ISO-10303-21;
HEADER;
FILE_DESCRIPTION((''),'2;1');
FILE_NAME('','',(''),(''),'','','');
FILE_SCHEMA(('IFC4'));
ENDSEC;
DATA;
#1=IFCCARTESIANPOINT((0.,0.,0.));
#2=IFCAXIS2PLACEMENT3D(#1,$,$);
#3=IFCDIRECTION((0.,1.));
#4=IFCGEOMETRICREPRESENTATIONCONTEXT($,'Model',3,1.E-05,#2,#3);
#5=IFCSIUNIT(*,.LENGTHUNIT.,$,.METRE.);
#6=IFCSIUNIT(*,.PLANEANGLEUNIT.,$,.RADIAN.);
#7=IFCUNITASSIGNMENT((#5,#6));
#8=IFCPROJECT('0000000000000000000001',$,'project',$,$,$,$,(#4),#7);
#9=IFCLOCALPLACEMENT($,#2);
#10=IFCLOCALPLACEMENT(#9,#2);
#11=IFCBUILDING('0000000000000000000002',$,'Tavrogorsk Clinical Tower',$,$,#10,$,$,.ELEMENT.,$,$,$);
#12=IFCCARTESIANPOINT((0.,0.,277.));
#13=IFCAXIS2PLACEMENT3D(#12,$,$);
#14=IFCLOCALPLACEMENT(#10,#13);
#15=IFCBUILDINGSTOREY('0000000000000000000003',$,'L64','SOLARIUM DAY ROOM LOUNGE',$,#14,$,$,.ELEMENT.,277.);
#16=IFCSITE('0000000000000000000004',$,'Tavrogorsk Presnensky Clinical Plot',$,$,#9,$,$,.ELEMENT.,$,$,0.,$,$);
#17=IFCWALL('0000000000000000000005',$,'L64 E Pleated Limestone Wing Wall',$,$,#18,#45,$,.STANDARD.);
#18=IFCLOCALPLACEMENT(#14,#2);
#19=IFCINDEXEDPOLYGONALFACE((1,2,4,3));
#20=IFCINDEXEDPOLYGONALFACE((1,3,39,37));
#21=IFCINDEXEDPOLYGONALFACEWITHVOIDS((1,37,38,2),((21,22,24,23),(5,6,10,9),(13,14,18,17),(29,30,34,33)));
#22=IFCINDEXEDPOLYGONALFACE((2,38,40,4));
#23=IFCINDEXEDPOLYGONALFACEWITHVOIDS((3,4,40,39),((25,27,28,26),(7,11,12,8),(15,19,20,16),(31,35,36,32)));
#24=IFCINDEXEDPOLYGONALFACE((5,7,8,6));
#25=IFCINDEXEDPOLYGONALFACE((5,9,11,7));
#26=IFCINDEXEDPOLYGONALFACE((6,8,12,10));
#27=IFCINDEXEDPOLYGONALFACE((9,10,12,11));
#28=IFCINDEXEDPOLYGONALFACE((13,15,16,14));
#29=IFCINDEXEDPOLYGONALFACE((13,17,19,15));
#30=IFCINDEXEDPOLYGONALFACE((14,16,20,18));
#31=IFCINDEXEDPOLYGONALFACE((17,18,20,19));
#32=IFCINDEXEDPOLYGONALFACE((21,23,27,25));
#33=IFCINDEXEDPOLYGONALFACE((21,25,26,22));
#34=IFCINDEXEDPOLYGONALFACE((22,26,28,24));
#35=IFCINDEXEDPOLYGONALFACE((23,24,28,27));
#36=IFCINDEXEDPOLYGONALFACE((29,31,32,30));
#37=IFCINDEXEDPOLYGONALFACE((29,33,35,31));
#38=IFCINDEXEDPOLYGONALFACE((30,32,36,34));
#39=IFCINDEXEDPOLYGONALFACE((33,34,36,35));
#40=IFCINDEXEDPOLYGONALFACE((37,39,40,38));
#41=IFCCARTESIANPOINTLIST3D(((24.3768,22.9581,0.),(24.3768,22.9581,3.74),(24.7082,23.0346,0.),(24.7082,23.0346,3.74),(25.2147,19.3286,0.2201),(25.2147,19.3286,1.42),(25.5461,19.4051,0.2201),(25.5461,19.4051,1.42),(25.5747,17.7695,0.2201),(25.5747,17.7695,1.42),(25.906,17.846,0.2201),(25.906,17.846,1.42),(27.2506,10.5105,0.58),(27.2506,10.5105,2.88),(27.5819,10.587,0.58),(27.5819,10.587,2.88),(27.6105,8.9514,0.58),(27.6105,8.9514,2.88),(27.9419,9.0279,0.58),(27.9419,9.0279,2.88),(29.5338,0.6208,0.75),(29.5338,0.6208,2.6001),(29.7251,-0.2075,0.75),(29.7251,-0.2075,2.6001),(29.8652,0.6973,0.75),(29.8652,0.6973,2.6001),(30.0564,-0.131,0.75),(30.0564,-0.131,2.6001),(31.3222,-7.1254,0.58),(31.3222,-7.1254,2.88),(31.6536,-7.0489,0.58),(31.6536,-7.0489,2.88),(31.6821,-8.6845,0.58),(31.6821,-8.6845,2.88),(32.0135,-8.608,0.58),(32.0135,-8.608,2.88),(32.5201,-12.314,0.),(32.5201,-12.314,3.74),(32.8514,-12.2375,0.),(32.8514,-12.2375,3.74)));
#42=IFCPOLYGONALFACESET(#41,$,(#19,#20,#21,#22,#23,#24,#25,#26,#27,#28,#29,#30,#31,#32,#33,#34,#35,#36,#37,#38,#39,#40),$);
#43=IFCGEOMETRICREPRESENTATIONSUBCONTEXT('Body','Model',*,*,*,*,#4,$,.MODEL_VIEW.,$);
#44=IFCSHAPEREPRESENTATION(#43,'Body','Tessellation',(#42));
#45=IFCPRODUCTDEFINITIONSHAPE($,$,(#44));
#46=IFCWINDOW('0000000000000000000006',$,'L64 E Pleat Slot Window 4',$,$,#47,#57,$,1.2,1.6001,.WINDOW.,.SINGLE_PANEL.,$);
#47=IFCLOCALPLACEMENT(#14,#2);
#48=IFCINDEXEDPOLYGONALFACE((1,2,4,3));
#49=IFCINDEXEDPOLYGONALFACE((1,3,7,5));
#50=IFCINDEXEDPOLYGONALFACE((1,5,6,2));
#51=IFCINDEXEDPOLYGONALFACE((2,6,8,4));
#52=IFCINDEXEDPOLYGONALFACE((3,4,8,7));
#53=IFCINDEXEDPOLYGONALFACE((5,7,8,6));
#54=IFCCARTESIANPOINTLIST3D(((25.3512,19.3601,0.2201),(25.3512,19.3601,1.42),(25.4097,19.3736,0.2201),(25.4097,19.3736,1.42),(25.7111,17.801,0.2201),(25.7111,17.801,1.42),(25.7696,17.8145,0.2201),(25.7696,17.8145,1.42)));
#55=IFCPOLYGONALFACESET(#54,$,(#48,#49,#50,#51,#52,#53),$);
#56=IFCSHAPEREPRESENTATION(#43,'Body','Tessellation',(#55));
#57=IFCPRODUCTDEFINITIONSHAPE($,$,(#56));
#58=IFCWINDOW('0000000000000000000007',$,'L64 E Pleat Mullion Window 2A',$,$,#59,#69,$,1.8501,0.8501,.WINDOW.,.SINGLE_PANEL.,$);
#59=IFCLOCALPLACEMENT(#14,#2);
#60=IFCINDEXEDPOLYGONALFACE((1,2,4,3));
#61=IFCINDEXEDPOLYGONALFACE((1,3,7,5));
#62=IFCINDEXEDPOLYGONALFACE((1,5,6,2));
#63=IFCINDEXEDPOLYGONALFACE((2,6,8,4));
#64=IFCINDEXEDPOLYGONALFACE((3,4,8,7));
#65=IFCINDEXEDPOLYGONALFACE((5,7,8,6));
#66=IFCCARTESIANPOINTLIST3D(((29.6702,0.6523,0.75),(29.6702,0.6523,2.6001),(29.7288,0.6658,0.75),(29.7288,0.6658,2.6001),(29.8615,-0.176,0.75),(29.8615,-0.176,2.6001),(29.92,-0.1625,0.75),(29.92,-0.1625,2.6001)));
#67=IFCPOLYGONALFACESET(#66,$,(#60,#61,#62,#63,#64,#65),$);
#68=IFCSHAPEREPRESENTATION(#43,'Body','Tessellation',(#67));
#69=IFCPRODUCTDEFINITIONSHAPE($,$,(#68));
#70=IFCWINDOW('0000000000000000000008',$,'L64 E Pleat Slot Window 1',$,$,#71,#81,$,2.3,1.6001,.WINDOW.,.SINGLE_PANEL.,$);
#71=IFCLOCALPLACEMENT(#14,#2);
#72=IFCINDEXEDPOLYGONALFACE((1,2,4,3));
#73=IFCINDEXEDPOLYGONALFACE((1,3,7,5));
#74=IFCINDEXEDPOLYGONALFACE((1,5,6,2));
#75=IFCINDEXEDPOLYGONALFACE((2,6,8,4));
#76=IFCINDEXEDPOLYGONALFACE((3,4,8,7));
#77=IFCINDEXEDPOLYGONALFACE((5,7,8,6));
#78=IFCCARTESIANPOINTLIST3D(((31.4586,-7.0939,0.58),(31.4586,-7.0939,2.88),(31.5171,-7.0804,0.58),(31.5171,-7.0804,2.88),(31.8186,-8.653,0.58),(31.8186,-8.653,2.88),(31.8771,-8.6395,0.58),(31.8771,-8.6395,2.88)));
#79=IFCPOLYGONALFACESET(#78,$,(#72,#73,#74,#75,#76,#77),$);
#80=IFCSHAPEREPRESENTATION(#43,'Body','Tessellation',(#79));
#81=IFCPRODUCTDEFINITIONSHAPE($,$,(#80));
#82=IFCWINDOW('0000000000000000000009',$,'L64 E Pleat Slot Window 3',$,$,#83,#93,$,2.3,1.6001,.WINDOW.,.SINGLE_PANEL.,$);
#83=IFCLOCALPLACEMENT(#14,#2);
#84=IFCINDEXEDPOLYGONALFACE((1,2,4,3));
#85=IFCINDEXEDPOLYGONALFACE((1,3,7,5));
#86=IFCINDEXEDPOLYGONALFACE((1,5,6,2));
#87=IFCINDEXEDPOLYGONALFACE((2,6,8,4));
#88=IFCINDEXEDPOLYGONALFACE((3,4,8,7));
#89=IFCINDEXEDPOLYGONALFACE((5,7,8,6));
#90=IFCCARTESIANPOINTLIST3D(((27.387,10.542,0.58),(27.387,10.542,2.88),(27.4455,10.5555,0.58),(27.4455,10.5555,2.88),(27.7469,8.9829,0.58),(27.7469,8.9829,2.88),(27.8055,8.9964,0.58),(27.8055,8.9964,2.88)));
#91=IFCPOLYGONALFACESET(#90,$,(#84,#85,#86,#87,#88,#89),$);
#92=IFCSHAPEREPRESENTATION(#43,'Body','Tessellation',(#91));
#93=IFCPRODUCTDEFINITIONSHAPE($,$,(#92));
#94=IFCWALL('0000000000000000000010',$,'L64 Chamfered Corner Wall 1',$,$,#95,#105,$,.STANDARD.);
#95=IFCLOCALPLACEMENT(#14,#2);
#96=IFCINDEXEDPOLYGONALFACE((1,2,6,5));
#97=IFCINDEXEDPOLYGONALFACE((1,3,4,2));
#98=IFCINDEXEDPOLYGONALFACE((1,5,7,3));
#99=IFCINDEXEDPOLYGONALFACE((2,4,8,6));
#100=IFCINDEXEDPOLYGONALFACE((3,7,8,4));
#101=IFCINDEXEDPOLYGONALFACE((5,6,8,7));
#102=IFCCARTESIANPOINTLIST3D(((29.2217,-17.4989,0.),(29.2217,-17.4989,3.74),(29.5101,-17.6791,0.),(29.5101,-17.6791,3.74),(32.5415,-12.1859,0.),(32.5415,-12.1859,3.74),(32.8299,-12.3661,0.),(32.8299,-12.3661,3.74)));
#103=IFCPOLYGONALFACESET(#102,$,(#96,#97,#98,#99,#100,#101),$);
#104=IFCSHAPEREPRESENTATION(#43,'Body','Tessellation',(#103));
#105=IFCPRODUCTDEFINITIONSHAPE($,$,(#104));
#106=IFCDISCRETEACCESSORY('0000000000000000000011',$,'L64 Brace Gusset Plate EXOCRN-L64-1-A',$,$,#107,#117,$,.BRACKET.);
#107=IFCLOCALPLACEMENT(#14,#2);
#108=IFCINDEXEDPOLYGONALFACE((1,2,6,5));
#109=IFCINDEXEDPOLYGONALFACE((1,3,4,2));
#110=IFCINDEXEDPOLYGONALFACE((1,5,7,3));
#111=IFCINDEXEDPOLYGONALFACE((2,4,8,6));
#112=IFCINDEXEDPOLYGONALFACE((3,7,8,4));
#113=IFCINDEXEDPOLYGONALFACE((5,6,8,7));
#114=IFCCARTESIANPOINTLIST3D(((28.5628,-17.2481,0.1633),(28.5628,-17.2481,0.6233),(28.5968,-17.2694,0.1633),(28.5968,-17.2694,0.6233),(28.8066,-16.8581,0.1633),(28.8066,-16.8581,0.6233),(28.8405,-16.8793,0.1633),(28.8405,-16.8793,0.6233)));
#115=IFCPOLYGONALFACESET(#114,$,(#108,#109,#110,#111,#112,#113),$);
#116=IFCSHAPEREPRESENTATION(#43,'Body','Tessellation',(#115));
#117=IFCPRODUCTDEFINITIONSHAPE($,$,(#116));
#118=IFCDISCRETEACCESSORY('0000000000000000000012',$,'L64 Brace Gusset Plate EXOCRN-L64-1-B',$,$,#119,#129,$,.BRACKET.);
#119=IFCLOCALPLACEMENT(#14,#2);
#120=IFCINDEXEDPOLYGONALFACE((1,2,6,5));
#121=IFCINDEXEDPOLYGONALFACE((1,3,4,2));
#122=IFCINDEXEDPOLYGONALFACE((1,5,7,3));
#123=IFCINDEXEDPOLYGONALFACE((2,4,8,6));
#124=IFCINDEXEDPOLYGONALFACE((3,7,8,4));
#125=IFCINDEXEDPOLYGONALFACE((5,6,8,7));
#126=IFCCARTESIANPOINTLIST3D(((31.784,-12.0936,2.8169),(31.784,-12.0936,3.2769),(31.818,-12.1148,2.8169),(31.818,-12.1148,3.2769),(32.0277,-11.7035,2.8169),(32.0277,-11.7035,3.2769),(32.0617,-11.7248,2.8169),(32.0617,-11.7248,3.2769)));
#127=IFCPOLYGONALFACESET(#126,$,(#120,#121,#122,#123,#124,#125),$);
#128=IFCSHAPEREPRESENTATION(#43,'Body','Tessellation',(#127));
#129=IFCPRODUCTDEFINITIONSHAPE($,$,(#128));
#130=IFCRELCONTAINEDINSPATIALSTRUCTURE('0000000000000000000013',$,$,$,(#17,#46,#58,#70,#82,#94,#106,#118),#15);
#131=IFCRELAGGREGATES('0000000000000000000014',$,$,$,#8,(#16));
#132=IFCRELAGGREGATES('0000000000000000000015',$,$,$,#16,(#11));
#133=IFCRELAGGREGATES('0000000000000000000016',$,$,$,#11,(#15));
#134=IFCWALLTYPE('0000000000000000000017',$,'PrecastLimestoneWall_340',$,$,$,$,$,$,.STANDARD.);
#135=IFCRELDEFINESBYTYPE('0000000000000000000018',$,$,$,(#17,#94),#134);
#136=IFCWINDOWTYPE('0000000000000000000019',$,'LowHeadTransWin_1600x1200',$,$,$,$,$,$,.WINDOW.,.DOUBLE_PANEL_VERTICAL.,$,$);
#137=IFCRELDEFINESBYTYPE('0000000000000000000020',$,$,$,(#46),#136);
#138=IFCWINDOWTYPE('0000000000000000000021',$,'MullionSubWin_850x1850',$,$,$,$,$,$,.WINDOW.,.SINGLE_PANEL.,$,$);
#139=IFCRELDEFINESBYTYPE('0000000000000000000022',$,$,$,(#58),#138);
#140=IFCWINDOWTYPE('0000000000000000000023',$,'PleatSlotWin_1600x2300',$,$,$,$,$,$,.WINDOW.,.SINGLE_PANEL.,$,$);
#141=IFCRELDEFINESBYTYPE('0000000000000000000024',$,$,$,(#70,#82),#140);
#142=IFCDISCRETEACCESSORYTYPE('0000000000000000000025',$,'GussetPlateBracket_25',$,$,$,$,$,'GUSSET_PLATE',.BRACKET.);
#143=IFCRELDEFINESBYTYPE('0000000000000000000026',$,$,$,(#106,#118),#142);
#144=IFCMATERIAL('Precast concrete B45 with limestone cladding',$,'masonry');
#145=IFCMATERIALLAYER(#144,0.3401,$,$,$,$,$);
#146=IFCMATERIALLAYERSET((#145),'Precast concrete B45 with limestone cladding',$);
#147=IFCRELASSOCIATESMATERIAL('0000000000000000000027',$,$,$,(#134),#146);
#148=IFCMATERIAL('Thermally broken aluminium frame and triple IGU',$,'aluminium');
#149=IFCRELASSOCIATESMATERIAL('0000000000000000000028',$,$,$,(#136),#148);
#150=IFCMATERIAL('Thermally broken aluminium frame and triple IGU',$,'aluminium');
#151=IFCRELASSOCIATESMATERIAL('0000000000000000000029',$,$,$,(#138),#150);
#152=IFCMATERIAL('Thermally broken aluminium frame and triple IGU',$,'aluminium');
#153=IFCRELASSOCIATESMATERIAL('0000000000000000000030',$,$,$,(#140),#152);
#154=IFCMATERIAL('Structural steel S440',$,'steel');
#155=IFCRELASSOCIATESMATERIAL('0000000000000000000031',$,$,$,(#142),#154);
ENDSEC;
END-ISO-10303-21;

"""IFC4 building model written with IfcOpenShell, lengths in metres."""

from ifc_helpers import new_model, si_unit, direction, frame, frame_2d, origin, origin_2d, place, context, subcontext, project, spatial, rectangle, extrude, material, layer, layer_set, type_object, element, fill, save


model = new_model("IFC4")

# Units and contexts
model_context = context("Model", 3, precision=1e-05, world=origin(), true_north=direction((0.0, 1.0)))
body_context = subcontext(model_context, "Body", "Model", "MODEL_VIEW")
ifc_project = project(units=[si_unit("LENGTHUNIT", "METRE"), si_unit("PLANEANGLEUNIT", "RADIAN")], contexts=[model_context])

# Site, building, storey
site_placement = place(None, origin())
site = spatial("IfcSite", under=ifc_project, at=site_placement, Name="Tavrogorsk Presnensky Clinical Plot", CompositionType="ELEMENT", RefElevation=0.0)
building_placement = place(site_placement, origin())
building = spatial("IfcBuilding", under=site, at=building_placement, Name="Tavrogorsk Clinical Tower", CompositionType="ELEMENT")
storey_placement = place(building_placement, frame((0.0, 0.0, 277.0)))
storey = spatial("IfcBuildingStorey", under=building, at=storey_placement, Name="L64", Description="SOLARIUM DAY ROOM LOUNGE", CompositionType="ELEMENT", Elevation=277.0)

# Wall, openings, windows
ifc_material_1 = material(Name="Precast concrete B45 with limestone cladding", Category="masonry")
ifc_layer_1 = layer(ifc_material_1, 0.3401)
ifc_layer_set_1 = layer_set([ifc_layer_1], Name="Precast concrete B45 with limestone cladding")
wall_type_1 = type_object("IfcWallType", Name="PrecastLimestoneWall_340", PredefinedType="STANDARD", material=ifc_layer_set_1)
wall_1_placement = place(storey_placement, frame((32.6858, -12.2759, 0.0), z_axis=(0.0, 0.0, 1.0), x_axis=(-0.224953, 0.97437, 0.0)))
wall_1 = element("IfcWall", 1, at=wall_1_placement, inside=storey, type_object=wall_type_1, Name="L64 E Pleated Limestone Wing Wall", PredefinedType="STANDARD", context=body_context, shape_type="SweptSolid", body=[
    extrude(rectangle(XDim=36.2, YDim=0.3401, at=frame_2d((18.1001, 0.0))), origin(), (0.0, 0.0, 1.0), 3.74),
])
opening_1_placement = place(wall_1_placement, frame((3.7251, 0.0, 0.5801)))
opening_1 = element("IfcOpeningElement", 2, at=opening_1_placement, cuts=wall_1, PredefinedType="OPENING", context=body_context, shape_type="SweptSolid", body=[
    extrude(rectangle(XDim=1.6001, YDim=2.3, at=frame_2d((0.8, 1.1499))), frame((0.0, 0.1799, 0.0), z_axis=(0.0, -1.0, 0.0), x_axis=(1.0, 0.0, 0.0)), (0.0, 0.0, 1.0), 0.3601),
])
opening_2_placement = place(wall_1_placement, frame((12.425, 0.0, 0.75)))
opening_2 = element("IfcOpeningElement", 3, at=opening_2_placement, cuts=wall_1, PredefinedType="OPENING", context=body_context, shape_type="SweptSolid", body=[
    extrude(rectangle(XDim=0.8501, YDim=1.8501, at=frame_2d((0.425, 0.925))), frame((0.0, 0.1799, 0.0), z_axis=(0.0, -1.0, 0.0), x_axis=(1.0, 0.0, 0.0)), (0.0, 0.0, 1.0), 0.3601),
])
opening_3_placement = place(wall_1_placement, frame((21.825, 0.0, 0.5801)))
opening_3 = element("IfcOpeningElement", 4, at=opening_3_placement, cuts=wall_1, PredefinedType="OPENING", context=body_context, shape_type="SweptSolid", body=[
    extrude(rectangle(XDim=1.6001, YDim=2.3, at=frame_2d((0.8, 1.1499))), frame((0.0, 0.1799, 0.0), z_axis=(0.0, -1.0, 0.0), x_axis=(1.0, 0.0, 0.0)), (0.0, 0.0, 1.0), 0.3601),
])
opening_4_placement = place(wall_1_placement, frame((30.875, 0.0, 0.22)))
opening_4 = element("IfcOpeningElement", 5, at=opening_4_placement, cuts=wall_1, PredefinedType="OPENING", context=body_context, shape_type="SweptSolid", body=[
    extrude(rectangle(XDim=1.6001, YDim=1.2, at=frame_2d((0.8, 0.6001))), frame((0.0, 0.1799, 0.0), z_axis=(0.0, -1.0, 0.0), x_axis=(1.0, 0.0, 0.0)), (0.0, 0.0, 1.0), 0.3601),
])
ifc_material_2 = material(Name="Thermally broken aluminium frame and triple IGU", Category="aluminium")
window_type_1 = type_object("IfcWindowType", Name="LowHeadTransWin_1600x1200", PartitioningType="DOUBLE_PANEL_VERTICAL", PredefinedType="WINDOW", material=ifc_material_2)
window_1_placement = place(opening_4_placement, origin())
window_1 = element("IfcWindow", 6, at=window_1_placement, inside=storey, type_object=window_type_1, Name="L64 E Pleat Slot Window 4", OverallHeight=1.2, OverallWidth=1.6001, PartitioningType="SINGLE_PANEL", PredefinedType="WINDOW", context=body_context, shape_type="SweptSolid", body=[
    extrude(rectangle(XDim=1.6001, YDim=1.2, at=frame_2d((0.8, 0.6001))), frame((0.0, 0.03, 0.0), z_axis=(0.0, -1.0, 0.0), x_axis=(1.0, 0.0, 0.0)), (0.0, 0.0, 1.0), 0.0601),
])
fill(opening_4, window_1)
ifc_material_3 = material(Name="Thermally broken aluminium frame and triple IGU", Category="aluminium")
window_type_2 = type_object("IfcWindowType", Name="MullionSubWin_850x1850", PartitioningType="SINGLE_PANEL", PredefinedType="WINDOW", material=ifc_material_3)
window_2_placement = place(opening_2_placement, origin())
window_2 = element("IfcWindow", 7, at=window_2_placement, inside=storey, type_object=window_type_2, Name="L64 E Pleat Mullion Window 2A", OverallHeight=1.8501, OverallWidth=0.8501, PartitioningType="SINGLE_PANEL", PredefinedType="WINDOW", context=body_context, shape_type="SweptSolid", body=[
    extrude(rectangle(XDim=0.8501, YDim=1.8501, at=frame_2d((0.425, 0.925))), frame((0.0, 0.03, 0.0), z_axis=(0.0, -1.0, 0.0), x_axis=(1.0, 0.0, 0.0)), (0.0, 0.0, 1.0), 0.0601),
])
fill(opening_2, window_2)
ifc_material_4 = material(Name="Thermally broken aluminium frame and triple IGU", Category="aluminium")
window_type_3 = type_object("IfcWindowType", Name="PleatSlotWin_1600x2300", PartitioningType="SINGLE_PANEL", PredefinedType="WINDOW", material=ifc_material_4)
window_3_placement = place(opening_1_placement, origin())
window_3 = element("IfcWindow", 8, at=window_3_placement, inside=storey, type_object=window_type_3, Name="L64 E Pleat Slot Window 1", OverallHeight=2.3, OverallWidth=1.6001, PartitioningType="SINGLE_PANEL", PredefinedType="WINDOW", context=body_context, shape_type="SweptSolid", body=[
    extrude(rectangle(XDim=1.6001, YDim=2.3, at=frame_2d((0.8, 1.1499))), frame((0.0, 0.03, 0.0), z_axis=(0.0, -1.0, 0.0), x_axis=(1.0, 0.0, 0.0)), (0.0, 0.0, 1.0), 0.0601),
])
fill(opening_1, window_3)
window_4_placement = place(opening_3_placement, origin())
window_4 = element("IfcWindow", 9, at=window_4_placement, inside=storey, type_object=window_type_3, Name="L64 E Pleat Slot Window 3", OverallHeight=2.3, OverallWidth=1.6001, PartitioningType="SINGLE_PANEL", PredefinedType="WINDOW", context=body_context, shape_type="SweptSolid", body=[
    extrude(rectangle(XDim=1.6001, YDim=2.3, at=frame_2d((0.8, 1.1499))), frame((0.0, 0.03, 0.0), z_axis=(0.0, -1.0, 0.0), x_axis=(1.0, 0.0, 0.0)), (0.0, 0.0, 1.0), 0.0601),
])
fill(opening_3, window_4)

# Wall
wall_2_placement = place(storey_placement, frame((29.366, -17.5889, 0.0), z_axis=(0.0, 0.0, 1.0), x_axis=(0.529908, 0.848055, 0.0)))
element("IfcWall", 10, at=wall_2_placement, inside=storey, type_object=wall_type_1, Name="L64 Chamfered Corner Wall 1", PredefinedType="STANDARD", context=body_context, shape_type="SweptSolid", body=[
    extrude(rectangle(XDim=6.2649, YDim=0.3401, at=frame_2d((3.1323, 0.0))), origin(), (0.0, 0.0, 1.0), 3.74),
])

# Discrete accessories
ifc_material_5 = material(Name="Structural steel S440", Category="steel")
discrete_accessory_type = type_object("IfcDiscreteAccessoryType", Name="GussetPlateBracket_25", ElementType="GUSSET_PLATE", PredefinedType="BRACKET", material=ifc_material_5)
for number, where, z_axis, x_axis, name in (
    (11, (28.7017, -17.0637, 0.1633), (0.0, 0.0, 1.0), (0.529919, 0.848048, 0.0), "L64 Brace Gusset Plate EXOCRN-L64-1-A"),
    (12, (31.9229, -11.9092, 2.8169), (0.0, 0.0, 1.0), (0.529919, 0.848048, 0.0), "L64 Brace Gusset Plate EXOCRN-L64-1-B"),
):
    element("IfcDiscreteAccessory", number, at=place(storey_placement, frame(where, z_axis=z_axis, x_axis=x_axis)), inside=storey, type_object=discrete_accessory_type, Name=name, PredefinedType="BRACKET", context=body_context, shape_type="SweptSolid", body=[
        extrude(rectangle(XDim=0.46, YDim=0.04, at=origin_2d()), origin(), (0.0, 0.0, 1.0), 0.46),
    ])

save(model, "model.ifc")
